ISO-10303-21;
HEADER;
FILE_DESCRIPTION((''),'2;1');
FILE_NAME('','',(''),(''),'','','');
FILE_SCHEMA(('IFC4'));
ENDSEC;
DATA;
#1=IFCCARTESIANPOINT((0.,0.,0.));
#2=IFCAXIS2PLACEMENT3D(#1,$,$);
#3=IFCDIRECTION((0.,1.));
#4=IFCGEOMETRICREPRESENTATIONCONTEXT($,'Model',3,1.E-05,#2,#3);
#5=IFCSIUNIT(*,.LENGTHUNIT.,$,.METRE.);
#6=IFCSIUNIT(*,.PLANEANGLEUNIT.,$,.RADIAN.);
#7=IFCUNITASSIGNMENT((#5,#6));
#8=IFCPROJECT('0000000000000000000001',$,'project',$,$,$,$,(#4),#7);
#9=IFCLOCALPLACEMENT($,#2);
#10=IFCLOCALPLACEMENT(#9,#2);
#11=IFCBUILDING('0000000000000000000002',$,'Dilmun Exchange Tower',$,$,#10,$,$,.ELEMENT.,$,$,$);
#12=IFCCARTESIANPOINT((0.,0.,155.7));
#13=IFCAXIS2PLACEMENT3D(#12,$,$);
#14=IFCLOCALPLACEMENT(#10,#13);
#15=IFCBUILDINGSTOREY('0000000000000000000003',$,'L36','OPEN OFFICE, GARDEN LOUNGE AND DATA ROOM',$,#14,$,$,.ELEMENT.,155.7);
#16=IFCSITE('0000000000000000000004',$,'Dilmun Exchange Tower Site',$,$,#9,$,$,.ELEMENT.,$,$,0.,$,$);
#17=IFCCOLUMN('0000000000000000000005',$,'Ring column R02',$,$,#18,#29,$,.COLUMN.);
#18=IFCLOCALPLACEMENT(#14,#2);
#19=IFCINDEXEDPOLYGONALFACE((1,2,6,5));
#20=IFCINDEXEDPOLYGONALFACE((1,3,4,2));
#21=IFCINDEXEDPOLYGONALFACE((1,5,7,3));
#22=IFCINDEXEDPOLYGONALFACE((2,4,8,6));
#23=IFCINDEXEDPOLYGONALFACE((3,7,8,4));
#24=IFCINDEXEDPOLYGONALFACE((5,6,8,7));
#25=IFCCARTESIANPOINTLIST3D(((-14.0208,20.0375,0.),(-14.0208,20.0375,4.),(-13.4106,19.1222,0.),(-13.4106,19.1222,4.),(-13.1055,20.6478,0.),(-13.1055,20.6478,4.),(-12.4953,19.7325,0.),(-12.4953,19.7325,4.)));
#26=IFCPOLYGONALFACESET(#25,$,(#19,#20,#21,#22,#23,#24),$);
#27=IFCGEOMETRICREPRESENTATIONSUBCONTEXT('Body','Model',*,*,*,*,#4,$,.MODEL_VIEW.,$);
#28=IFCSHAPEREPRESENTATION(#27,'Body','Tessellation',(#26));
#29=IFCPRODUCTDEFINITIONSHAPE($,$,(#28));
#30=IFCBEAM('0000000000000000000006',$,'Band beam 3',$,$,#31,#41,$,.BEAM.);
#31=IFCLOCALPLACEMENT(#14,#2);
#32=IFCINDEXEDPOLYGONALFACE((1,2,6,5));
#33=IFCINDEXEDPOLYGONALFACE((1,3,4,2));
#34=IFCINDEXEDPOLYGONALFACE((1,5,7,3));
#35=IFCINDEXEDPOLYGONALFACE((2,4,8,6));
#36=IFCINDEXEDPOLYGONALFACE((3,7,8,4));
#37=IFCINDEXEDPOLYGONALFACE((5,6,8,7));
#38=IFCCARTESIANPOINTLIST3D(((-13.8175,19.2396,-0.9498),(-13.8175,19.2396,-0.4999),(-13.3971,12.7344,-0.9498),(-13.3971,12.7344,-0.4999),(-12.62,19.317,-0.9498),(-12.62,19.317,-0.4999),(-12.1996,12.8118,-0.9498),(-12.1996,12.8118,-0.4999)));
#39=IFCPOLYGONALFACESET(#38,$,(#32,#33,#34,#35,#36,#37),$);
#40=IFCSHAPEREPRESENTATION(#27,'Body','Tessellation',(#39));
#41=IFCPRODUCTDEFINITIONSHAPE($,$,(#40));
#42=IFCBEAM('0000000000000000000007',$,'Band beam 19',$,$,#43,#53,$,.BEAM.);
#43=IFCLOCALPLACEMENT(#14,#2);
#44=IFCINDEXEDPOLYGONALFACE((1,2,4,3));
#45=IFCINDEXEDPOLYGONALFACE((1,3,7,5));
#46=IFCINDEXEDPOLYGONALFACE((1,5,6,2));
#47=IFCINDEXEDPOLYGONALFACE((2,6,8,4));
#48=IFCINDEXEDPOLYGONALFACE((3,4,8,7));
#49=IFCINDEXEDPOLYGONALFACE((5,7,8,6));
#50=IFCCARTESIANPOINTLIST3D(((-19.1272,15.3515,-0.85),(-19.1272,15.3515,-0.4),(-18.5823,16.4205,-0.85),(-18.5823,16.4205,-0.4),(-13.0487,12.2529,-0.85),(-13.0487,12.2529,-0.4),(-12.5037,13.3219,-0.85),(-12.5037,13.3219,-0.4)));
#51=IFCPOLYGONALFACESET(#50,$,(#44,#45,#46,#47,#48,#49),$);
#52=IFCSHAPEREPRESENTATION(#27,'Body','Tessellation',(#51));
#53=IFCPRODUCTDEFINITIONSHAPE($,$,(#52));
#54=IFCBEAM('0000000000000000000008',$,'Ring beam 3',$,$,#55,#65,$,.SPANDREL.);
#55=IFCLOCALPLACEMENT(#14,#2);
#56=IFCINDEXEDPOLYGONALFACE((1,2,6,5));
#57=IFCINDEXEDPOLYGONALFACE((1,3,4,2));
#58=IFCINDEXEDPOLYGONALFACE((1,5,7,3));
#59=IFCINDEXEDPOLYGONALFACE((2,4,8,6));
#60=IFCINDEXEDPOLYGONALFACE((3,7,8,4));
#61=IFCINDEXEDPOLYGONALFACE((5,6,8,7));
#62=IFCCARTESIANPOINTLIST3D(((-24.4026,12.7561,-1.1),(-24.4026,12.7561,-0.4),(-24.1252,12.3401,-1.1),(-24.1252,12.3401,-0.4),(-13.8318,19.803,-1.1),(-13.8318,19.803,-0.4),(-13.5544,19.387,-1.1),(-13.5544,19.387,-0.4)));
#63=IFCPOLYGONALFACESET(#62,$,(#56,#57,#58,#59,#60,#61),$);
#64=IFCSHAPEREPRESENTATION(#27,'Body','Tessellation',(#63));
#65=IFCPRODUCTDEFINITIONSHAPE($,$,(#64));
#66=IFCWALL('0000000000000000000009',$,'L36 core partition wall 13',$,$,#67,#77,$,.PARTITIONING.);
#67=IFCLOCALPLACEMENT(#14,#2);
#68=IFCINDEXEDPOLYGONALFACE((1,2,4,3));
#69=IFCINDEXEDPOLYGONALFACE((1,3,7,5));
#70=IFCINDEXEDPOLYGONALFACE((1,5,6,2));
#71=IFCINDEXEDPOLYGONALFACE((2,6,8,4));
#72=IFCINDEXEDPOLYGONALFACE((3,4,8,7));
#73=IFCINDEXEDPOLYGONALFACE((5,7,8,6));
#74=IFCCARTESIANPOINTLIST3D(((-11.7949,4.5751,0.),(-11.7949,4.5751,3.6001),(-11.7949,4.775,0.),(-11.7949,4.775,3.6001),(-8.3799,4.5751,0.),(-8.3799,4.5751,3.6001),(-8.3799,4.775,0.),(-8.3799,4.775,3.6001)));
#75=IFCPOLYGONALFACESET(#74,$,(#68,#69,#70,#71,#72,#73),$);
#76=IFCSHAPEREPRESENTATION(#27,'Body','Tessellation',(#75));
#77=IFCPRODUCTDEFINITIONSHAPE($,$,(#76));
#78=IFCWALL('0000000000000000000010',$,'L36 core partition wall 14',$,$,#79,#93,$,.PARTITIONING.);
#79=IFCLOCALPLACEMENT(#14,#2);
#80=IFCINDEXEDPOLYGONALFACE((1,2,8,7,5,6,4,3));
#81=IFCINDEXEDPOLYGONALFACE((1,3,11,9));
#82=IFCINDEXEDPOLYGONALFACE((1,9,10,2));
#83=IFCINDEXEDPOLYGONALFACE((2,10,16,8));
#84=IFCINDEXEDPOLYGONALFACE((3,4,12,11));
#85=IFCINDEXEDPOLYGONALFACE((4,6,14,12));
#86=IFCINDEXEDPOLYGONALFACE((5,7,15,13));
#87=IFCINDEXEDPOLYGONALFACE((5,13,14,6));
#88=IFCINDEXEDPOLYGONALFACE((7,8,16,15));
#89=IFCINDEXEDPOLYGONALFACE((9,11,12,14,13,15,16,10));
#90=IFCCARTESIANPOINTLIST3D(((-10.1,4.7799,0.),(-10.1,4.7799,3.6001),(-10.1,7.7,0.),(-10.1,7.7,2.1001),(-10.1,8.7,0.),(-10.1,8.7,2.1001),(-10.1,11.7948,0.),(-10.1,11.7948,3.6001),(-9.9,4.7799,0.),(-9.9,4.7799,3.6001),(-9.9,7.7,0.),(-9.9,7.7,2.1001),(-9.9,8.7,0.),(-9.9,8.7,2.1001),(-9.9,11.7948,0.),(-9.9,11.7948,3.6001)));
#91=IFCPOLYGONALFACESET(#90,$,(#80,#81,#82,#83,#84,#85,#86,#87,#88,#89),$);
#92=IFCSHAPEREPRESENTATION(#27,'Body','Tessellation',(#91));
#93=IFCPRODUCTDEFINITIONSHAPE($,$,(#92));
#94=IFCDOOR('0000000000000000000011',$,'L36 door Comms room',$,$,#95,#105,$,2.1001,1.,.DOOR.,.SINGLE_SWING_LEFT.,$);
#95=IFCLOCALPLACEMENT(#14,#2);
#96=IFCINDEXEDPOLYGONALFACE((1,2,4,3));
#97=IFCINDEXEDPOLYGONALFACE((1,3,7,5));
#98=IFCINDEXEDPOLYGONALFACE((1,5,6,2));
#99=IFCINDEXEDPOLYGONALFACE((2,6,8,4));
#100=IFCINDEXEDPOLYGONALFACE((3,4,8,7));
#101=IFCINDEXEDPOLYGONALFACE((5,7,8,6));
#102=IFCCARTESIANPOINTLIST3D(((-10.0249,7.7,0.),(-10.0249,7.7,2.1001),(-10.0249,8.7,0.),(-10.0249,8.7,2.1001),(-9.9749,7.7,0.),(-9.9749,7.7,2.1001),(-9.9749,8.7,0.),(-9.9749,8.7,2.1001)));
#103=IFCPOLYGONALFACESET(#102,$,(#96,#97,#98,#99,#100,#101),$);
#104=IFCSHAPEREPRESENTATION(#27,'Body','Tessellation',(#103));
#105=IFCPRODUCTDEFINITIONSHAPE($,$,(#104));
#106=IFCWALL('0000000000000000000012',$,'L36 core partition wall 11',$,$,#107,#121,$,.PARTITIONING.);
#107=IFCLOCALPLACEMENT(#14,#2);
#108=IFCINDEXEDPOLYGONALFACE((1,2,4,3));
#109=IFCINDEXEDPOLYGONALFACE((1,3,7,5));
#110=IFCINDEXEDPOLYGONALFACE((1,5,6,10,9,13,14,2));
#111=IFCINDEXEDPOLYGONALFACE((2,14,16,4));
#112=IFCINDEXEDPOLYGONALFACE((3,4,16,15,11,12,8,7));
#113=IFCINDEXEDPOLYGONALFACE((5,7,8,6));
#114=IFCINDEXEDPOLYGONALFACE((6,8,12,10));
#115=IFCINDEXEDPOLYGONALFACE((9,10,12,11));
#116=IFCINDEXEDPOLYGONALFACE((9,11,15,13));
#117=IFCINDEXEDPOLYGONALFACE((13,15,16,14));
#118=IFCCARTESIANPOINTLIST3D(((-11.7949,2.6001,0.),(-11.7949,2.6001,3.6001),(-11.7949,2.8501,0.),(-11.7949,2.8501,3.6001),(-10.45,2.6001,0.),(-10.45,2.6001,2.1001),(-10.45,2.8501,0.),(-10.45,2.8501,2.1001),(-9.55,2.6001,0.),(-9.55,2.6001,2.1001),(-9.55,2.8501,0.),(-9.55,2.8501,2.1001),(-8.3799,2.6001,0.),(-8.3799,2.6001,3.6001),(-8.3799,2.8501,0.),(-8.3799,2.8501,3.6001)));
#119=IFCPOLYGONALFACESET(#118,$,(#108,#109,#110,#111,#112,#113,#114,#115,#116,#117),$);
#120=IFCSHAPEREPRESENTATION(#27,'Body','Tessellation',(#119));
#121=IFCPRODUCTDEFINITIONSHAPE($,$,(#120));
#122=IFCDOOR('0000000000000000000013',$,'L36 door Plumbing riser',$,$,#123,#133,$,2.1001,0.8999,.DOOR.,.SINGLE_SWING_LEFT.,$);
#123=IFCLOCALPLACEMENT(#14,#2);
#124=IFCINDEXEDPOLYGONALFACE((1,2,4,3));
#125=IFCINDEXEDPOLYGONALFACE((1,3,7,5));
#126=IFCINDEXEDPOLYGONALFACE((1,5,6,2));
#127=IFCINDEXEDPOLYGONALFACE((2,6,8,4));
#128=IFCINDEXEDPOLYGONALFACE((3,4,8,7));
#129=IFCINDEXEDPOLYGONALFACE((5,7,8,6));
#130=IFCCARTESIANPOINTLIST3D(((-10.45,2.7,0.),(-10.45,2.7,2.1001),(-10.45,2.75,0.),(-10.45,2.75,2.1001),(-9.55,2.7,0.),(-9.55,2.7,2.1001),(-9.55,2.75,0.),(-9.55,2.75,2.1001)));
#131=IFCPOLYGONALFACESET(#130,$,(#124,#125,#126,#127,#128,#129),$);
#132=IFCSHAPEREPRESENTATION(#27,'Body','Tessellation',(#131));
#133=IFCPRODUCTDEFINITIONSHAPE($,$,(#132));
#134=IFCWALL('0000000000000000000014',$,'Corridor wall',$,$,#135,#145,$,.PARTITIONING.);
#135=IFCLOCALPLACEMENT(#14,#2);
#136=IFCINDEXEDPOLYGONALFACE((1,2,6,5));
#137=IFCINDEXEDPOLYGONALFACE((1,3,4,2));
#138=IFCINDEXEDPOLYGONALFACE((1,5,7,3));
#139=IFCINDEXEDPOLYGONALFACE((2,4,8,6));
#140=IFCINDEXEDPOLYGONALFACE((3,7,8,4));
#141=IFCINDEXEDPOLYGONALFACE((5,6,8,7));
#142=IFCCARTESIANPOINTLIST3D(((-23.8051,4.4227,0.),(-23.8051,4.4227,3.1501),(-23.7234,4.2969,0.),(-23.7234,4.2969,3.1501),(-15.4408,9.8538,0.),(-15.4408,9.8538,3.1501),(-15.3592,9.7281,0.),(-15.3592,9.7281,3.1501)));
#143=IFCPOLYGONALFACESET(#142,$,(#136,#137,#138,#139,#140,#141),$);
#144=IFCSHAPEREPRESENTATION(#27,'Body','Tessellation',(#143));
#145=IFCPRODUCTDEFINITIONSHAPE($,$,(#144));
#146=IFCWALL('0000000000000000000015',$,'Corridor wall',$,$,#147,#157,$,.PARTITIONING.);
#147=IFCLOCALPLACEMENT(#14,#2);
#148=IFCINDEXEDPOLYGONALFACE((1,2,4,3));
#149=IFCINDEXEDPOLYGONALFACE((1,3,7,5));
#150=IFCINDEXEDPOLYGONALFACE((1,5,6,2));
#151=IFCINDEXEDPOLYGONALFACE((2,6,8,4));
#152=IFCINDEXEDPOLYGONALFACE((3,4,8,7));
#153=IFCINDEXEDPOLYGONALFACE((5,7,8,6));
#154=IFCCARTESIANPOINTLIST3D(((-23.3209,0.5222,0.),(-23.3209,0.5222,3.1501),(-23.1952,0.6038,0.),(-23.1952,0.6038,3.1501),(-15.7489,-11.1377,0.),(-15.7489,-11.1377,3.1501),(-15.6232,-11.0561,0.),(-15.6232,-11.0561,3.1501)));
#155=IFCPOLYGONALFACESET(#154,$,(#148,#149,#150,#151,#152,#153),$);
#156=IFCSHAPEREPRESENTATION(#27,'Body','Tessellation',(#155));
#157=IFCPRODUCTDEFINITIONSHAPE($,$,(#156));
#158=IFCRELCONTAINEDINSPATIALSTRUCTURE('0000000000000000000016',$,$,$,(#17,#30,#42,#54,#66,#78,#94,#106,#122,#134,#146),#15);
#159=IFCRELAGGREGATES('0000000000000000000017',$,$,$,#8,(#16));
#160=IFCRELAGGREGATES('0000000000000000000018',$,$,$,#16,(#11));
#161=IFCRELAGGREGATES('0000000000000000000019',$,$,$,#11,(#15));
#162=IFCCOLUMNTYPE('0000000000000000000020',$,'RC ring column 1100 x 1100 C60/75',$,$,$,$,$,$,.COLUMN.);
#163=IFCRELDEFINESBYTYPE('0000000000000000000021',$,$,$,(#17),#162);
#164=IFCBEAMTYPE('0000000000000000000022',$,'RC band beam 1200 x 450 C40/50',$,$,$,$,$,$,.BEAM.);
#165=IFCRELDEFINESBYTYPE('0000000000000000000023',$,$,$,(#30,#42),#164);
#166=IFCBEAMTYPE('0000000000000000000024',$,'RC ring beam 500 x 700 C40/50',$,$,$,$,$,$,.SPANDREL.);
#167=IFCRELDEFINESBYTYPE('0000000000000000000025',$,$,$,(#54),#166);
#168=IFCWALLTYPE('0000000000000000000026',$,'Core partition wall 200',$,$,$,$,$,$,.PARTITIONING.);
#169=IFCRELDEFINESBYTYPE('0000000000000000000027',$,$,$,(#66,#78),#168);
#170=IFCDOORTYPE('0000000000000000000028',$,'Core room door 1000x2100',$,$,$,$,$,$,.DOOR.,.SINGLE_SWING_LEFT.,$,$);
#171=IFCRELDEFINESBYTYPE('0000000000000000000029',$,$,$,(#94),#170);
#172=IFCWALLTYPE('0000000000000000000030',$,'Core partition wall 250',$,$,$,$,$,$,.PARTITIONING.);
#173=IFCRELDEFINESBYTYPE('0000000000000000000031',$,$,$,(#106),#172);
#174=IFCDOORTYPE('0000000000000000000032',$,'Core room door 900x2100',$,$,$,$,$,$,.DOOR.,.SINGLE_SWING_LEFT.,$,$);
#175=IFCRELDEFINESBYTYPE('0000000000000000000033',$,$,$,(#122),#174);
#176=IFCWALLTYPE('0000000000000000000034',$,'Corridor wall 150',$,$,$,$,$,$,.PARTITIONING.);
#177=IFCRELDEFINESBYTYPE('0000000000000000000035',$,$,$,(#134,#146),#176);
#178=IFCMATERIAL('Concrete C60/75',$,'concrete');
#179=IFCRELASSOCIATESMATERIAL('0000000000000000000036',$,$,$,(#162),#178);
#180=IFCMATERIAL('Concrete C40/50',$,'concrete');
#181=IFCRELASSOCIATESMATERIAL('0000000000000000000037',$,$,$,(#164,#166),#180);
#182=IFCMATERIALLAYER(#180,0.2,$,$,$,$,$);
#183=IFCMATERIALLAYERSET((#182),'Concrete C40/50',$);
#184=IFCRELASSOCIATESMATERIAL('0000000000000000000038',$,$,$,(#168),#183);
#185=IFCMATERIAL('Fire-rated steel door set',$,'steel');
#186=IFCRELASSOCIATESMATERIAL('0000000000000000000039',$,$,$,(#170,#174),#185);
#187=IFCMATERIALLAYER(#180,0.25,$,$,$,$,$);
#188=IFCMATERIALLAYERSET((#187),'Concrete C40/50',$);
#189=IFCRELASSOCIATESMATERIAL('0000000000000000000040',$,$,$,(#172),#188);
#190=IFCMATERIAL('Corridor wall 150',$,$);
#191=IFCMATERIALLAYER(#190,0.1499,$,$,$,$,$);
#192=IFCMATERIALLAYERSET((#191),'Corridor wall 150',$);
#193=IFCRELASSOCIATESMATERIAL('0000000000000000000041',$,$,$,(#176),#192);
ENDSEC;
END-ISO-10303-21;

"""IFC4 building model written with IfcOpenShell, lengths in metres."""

from ifc_helpers import new_model, si_unit, direction, frame, frame_2d, origin, origin_2d, place, context, subcontext, project, spatial, rectangle, extrude, material, layer, layer_set, material_profile, profile_set, type_object, element, fill, save


model = new_model("IFC4")

# Units and contexts
model_context = context("Model", 3, precision=1e-05, world=origin(), true_north=direction((0.0, 1.0)))
body_context = subcontext(model_context, "Body", "Model", "MODEL_VIEW")
ifc_project = project(units=[si_unit("LENGTHUNIT", "METRE"), si_unit("PLANEANGLEUNIT", "RADIAN")], contexts=[model_context])

# Site, building, storey
site_placement = place(None, origin())
site = spatial("IfcSite", under=ifc_project, at=site_placement, Name="Dilmun Exchange Tower Site", CompositionType="ELEMENT", RefElevation=0.0)
building_placement = place(site_placement, origin())
building = spatial("IfcBuilding", under=site, at=building_placement, Name="Dilmun Exchange Tower", CompositionType="ELEMENT")
storey_placement = place(building_placement, frame((0.0, 0.0, 155.7)))
storey = spatial("IfcBuildingStorey", under=building, at=storey_placement, Name="L36", Description="OPEN OFFICE, GARDEN LOUNGE AND DATA ROOM", CompositionType="ELEMENT", Elevation=155.7)

# Column
ifc_material_1 = material(Name="Concrete C60/75", Category="concrete")
ifc_material_profile_1 = material_profile(ifc_material_1, rectangle(XDim=1.1001, YDim=1.1001, at=origin_2d()), Name="1100 x 1100")
ifc_profile_set_1 = profile_set([ifc_material_profile_1], Name="Concrete C60/75")
column_type = type_object("IfcColumnType", Name="RC ring column 1100 x 1100 C60/75", PredefinedType="COLUMN", material=ifc_profile_set_1)
column_placement = place(storey_placement, frame((-13.2581, 19.885, 0.0), z_axis=(0.0, 0.0, 1.0), x_axis=(0.832029, 0.554733, 0.0)))
element("IfcColumn", 1, at=column_placement, inside=storey, type_object=column_type, Name="Ring column R02", PredefinedType="COLUMN", context=body_context, shape_type="SweptSolid", body=[
    extrude(rectangle(XDim=1.1001, YDim=1.1001, at=origin_2d()), origin(), (0.0, 0.0, 1.0), 4.0),
])

# Beams
ifc_material_2 = material(Name="Concrete C40/50", Category="concrete")
ifc_material_profile_2 = material_profile(ifc_material_2, rectangle(XDim=1.2, YDim=0.45, at=origin_2d()), Name="1200 x 450")
ifc_profile_set_2 = profile_set([ifc_material_profile_2], Name="Concrete C40/50")
beam_type_1 = type_object("IfcBeamType", Name="RC band beam 1200 x 450 C40/50", PredefinedType="BEAM", material=ifc_profile_set_2)
beam_1_placement = place(storey_placement, frame((-13.2188, 19.2783, -0.7249), z_axis=(0.064493, -0.997918, 0.0), x_axis=(0.997918, 0.064493, 0.0)))
element("IfcBeam", 2, at=beam_1_placement, inside=storey, type_object=beam_type_1, Name="Band beam 3", PredefinedType="BEAM", context=body_context, shape_type="SweptSolid", body=[
    extrude(rectangle(XDim=1.2, YDim=0.45, at=origin_2d()), origin(), (0.0, 0.0, 1.0), 6.5188),
])
beam_2_placement = place(storey_placement, frame((-18.8547, 15.886, -0.625), z_axis=(0.890922, -0.454156, 0.0), x_axis=(0.454156, 0.890922, 0.0)))
element("IfcBeam", 3, at=beam_2_placement, inside=storey, type_object=beam_type_1, Name="Band beam 19", PredefinedType="BEAM", context=body_context, shape_type="SweptSolid", body=[
    extrude(rectangle(XDim=1.2, YDim=0.45, at=origin_2d()), origin(), (0.0, 0.0, 1.0), 6.8228),
])
ifc_material_profile_3 = material_profile(ifc_material_2, rectangle(XDim=0.5, YDim=0.7, at=origin_2d()), Name="500 x 700")
ifc_profile_set_3 = profile_set([ifc_material_profile_3], Name="Concrete C40/50")
beam_type_2 = type_object("IfcBeamType", Name="RC ring beam 500 x 700 C40/50", PredefinedType="SPANDREL", material=ifc_profile_set_3)
beam_3_placement = place(storey_placement, frame((-13.6931, 19.595, -0.75), z_axis=(-0.832062, -0.554682, 0.0), x_axis=(0.554682, -0.832062, 0.0)))
element("IfcBeam", 4, at=beam_3_placement, inside=storey, type_object=beam_type_2, Name="Ring beam 3", PredefinedType="SPANDREL", context=body_context, shape_type="SweptSolid", body=[
    extrude(rectangle(XDim=0.5, YDim=0.7, at=origin_2d()), origin(), (0.0, 0.0, 1.0), 12.7043),
])

# Wall
ifc_layer_1 = layer(ifc_material_2, 0.2)
ifc_layer_set_1 = layer_set([ifc_layer_1], Name="Concrete C40/50")
wall_type_1 = type_object("IfcWallType", Name="Core partition wall 200", PredefinedType="PARTITIONING", material=ifc_layer_set_1)
wall_1_placement = place(storey_placement, frame((-11.7949, 4.675, 0.0), z_axis=(0.0, 0.0, 1.0), x_axis=(1.0, 0.0, 0.0)))
element("IfcWall", 5, at=wall_1_placement, inside=storey, type_object=wall_type_1, Name="L36 core partition wall 13", PredefinedType="PARTITIONING", context=body_context, shape_type="SweptSolid", body=[
    extrude(rectangle(XDim=3.415, YDim=0.2, at=frame_2d((1.7075, 0.0))), origin(), (0.0, 0.0, 1.0), 3.6001),
])

# Walls, openings, doors
wall_2_placement = place(storey_placement, frame((-10.0, 4.78, 0.0), z_axis=(0.0, 0.0, 1.0), x_axis=(0.0, 1.0, 0.0)))
wall_2 = element("IfcWall", 6, at=wall_2_placement, inside=storey, type_object=wall_type_1, Name="L36 core partition wall 14", PredefinedType="PARTITIONING", context=body_context, shape_type="SweptSolid", body=[
    extrude(rectangle(XDim=7.0149, YDim=0.2, at=frame_2d((3.5073, 0.0))), origin(), (0.0, 0.0, 1.0), 3.6001),
])
opening_1_placement = place(wall_2_placement, frame((2.9199, 0.0, 0.0)))
opening_1 = element("IfcOpeningElement", 7, at=opening_1_placement, cuts=wall_2, PredefinedType="OPENING", context=body_context, shape_type="SweptSolid", body=[
    extrude(rectangle(XDim=1.0, YDim=2.1001, at=frame_2d((0.5, 1.05))), frame((0.0, 0.1099, 0.0), z_axis=(0.0, -1.0, 0.0), x_axis=(1.0, 0.0, 0.0)), (0.0, 0.0, 1.0), 0.22),
])
ifc_material_3 = material(Name="Fire-rated steel door set", Category="steel")
door_type_1 = type_object("IfcDoorType", Name="Core room door 1000x2100", OperationType="SINGLE_SWING_LEFT", PredefinedType="DOOR", material=ifc_material_3)
door_1_placement = place(opening_1_placement, origin())
door_1 = element("IfcDoor", 8, at=door_1_placement, inside=storey, type_object=door_type_1, Name="L36 door Comms room", OperationType="SINGLE_SWING_LEFT", OverallHeight=2.1001, OverallWidth=1.0, PredefinedType="DOOR", context=body_context, shape_type="SweptSolid", body=[
    extrude(rectangle(XDim=1.0, YDim=2.1001, at=frame_2d((0.5, 1.05))), frame((0.0, 0.0249, 0.0), z_axis=(0.0, -1.0, 0.0), x_axis=(1.0, 0.0, 0.0)), (0.0, 0.0, 1.0), 0.05),
])
fill(opening_1, door_1)
ifc_layer_2 = layer(ifc_material_2, 0.25)
ifc_layer_set_2 = layer_set([ifc_layer_2], Name="Concrete C40/50")
wall_type_2 = type_object("IfcWallType", Name="Core partition wall 250", PredefinedType="PARTITIONING", material=ifc_layer_set_2)
wall_3_placement = place(storey_placement, frame((-11.7949, 2.7251, 0.0), z_axis=(0.0, 0.0, 1.0), x_axis=(1.0, 0.0, 0.0)))
wall_3 = element("IfcWall", 9, at=wall_3_placement, inside=storey, type_object=wall_type_2, Name="L36 core partition wall 11", PredefinedType="PARTITIONING", context=body_context, shape_type="SweptSolid", body=[
    extrude(rectangle(XDim=3.415, YDim=0.25, at=frame_2d((1.7075, 0.0))), origin(), (0.0, 0.0, 1.0), 3.6001),
])
opening_2_placement = place(wall_3_placement, frame((1.345, 0.0, 0.0)))
opening_2 = element("IfcOpeningElement", 10, at=opening_2_placement, cuts=wall_3, PredefinedType="OPENING", context=body_context, shape_type="SweptSolid", body=[
    extrude(rectangle(XDim=0.8999, YDim=2.1001, at=frame_2d((0.45, 1.05))), frame((0.0, 0.135, 0.0), z_axis=(0.0, -1.0, 0.0), x_axis=(1.0, 0.0, 0.0)), (0.0, 0.0, 1.0), 0.27),
])
door_type_2 = type_object("IfcDoorType", Name="Core room door 900x2100", OperationType="SINGLE_SWING_LEFT", PredefinedType="DOOR", material=ifc_material_3)
door_2_placement = place(opening_2_placement, origin())
door_2 = element("IfcDoor", 11, at=door_2_placement, inside=storey, type_object=door_type_2, Name="L36 door Plumbing riser", OperationType="SINGLE_SWING_LEFT", OverallHeight=2.1001, OverallWidth=0.8999, PredefinedType="DOOR", context=body_context, shape_type="SweptSolid", body=[
    extrude(rectangle(XDim=0.8999, YDim=2.1001, at=frame_2d((0.45, 1.05))), frame((0.0, 0.0249, 0.0), z_axis=(0.0, -1.0, 0.0), x_axis=(1.0, 0.0, 0.0)), (0.0, 0.0, 1.0), 0.05),
])
fill(opening_2, door_2)

# Walls
ifc_material_4 = material(Name="Corridor wall 150")
ifc_layer_3 = layer(ifc_material_4, 0.1499)
ifc_layer_set_3 = layer_set([ifc_layer_3], Name="Corridor wall 150")
wall_type_3 = type_object("IfcWallType", Name="Corridor wall 150", PredefinedType="PARTITIONING", material=ifc_layer_set_3)
wall_4_placement = place(storey_placement, frame((-23.7642, 4.3599, 0.0), z_axis=(0.0, 0.0, 1.0), x_axis=(0.838701, 0.544592, 0.0)))
element("IfcWall", 12, at=wall_4_placement, inside=storey, type_object=wall_type_3, Name="Corridor wall", PredefinedType="PARTITIONING", context=body_context, shape_type="SweptSolid", body=[
    extrude(rectangle(XDim=9.9729, YDim=0.1499, at=frame_2d((4.9863, 0.0))), origin(), (0.0, 0.0, 1.0), 3.1501),
])
wall_5_placement = place(storey_placement, frame((-23.2581, 0.563, 0.0), z_axis=(0.0, 0.0, 1.0), x_axis=(0.544638, -0.838671, 0.0)))
element("IfcWall", 13, at=wall_5_placement, inside=storey, type_object=wall_type_3, Name="Corridor wall", PredefinedType="PARTITIONING", context=body_context, shape_type="SweptSolid", body=[
    extrude(rectangle(XDim=13.9028, YDim=0.1499, at=frame_2d((6.9514, 0.0))), origin(), (0.0, 0.0, 1.0), 3.1501),
])

save(model, "model.ifc")
